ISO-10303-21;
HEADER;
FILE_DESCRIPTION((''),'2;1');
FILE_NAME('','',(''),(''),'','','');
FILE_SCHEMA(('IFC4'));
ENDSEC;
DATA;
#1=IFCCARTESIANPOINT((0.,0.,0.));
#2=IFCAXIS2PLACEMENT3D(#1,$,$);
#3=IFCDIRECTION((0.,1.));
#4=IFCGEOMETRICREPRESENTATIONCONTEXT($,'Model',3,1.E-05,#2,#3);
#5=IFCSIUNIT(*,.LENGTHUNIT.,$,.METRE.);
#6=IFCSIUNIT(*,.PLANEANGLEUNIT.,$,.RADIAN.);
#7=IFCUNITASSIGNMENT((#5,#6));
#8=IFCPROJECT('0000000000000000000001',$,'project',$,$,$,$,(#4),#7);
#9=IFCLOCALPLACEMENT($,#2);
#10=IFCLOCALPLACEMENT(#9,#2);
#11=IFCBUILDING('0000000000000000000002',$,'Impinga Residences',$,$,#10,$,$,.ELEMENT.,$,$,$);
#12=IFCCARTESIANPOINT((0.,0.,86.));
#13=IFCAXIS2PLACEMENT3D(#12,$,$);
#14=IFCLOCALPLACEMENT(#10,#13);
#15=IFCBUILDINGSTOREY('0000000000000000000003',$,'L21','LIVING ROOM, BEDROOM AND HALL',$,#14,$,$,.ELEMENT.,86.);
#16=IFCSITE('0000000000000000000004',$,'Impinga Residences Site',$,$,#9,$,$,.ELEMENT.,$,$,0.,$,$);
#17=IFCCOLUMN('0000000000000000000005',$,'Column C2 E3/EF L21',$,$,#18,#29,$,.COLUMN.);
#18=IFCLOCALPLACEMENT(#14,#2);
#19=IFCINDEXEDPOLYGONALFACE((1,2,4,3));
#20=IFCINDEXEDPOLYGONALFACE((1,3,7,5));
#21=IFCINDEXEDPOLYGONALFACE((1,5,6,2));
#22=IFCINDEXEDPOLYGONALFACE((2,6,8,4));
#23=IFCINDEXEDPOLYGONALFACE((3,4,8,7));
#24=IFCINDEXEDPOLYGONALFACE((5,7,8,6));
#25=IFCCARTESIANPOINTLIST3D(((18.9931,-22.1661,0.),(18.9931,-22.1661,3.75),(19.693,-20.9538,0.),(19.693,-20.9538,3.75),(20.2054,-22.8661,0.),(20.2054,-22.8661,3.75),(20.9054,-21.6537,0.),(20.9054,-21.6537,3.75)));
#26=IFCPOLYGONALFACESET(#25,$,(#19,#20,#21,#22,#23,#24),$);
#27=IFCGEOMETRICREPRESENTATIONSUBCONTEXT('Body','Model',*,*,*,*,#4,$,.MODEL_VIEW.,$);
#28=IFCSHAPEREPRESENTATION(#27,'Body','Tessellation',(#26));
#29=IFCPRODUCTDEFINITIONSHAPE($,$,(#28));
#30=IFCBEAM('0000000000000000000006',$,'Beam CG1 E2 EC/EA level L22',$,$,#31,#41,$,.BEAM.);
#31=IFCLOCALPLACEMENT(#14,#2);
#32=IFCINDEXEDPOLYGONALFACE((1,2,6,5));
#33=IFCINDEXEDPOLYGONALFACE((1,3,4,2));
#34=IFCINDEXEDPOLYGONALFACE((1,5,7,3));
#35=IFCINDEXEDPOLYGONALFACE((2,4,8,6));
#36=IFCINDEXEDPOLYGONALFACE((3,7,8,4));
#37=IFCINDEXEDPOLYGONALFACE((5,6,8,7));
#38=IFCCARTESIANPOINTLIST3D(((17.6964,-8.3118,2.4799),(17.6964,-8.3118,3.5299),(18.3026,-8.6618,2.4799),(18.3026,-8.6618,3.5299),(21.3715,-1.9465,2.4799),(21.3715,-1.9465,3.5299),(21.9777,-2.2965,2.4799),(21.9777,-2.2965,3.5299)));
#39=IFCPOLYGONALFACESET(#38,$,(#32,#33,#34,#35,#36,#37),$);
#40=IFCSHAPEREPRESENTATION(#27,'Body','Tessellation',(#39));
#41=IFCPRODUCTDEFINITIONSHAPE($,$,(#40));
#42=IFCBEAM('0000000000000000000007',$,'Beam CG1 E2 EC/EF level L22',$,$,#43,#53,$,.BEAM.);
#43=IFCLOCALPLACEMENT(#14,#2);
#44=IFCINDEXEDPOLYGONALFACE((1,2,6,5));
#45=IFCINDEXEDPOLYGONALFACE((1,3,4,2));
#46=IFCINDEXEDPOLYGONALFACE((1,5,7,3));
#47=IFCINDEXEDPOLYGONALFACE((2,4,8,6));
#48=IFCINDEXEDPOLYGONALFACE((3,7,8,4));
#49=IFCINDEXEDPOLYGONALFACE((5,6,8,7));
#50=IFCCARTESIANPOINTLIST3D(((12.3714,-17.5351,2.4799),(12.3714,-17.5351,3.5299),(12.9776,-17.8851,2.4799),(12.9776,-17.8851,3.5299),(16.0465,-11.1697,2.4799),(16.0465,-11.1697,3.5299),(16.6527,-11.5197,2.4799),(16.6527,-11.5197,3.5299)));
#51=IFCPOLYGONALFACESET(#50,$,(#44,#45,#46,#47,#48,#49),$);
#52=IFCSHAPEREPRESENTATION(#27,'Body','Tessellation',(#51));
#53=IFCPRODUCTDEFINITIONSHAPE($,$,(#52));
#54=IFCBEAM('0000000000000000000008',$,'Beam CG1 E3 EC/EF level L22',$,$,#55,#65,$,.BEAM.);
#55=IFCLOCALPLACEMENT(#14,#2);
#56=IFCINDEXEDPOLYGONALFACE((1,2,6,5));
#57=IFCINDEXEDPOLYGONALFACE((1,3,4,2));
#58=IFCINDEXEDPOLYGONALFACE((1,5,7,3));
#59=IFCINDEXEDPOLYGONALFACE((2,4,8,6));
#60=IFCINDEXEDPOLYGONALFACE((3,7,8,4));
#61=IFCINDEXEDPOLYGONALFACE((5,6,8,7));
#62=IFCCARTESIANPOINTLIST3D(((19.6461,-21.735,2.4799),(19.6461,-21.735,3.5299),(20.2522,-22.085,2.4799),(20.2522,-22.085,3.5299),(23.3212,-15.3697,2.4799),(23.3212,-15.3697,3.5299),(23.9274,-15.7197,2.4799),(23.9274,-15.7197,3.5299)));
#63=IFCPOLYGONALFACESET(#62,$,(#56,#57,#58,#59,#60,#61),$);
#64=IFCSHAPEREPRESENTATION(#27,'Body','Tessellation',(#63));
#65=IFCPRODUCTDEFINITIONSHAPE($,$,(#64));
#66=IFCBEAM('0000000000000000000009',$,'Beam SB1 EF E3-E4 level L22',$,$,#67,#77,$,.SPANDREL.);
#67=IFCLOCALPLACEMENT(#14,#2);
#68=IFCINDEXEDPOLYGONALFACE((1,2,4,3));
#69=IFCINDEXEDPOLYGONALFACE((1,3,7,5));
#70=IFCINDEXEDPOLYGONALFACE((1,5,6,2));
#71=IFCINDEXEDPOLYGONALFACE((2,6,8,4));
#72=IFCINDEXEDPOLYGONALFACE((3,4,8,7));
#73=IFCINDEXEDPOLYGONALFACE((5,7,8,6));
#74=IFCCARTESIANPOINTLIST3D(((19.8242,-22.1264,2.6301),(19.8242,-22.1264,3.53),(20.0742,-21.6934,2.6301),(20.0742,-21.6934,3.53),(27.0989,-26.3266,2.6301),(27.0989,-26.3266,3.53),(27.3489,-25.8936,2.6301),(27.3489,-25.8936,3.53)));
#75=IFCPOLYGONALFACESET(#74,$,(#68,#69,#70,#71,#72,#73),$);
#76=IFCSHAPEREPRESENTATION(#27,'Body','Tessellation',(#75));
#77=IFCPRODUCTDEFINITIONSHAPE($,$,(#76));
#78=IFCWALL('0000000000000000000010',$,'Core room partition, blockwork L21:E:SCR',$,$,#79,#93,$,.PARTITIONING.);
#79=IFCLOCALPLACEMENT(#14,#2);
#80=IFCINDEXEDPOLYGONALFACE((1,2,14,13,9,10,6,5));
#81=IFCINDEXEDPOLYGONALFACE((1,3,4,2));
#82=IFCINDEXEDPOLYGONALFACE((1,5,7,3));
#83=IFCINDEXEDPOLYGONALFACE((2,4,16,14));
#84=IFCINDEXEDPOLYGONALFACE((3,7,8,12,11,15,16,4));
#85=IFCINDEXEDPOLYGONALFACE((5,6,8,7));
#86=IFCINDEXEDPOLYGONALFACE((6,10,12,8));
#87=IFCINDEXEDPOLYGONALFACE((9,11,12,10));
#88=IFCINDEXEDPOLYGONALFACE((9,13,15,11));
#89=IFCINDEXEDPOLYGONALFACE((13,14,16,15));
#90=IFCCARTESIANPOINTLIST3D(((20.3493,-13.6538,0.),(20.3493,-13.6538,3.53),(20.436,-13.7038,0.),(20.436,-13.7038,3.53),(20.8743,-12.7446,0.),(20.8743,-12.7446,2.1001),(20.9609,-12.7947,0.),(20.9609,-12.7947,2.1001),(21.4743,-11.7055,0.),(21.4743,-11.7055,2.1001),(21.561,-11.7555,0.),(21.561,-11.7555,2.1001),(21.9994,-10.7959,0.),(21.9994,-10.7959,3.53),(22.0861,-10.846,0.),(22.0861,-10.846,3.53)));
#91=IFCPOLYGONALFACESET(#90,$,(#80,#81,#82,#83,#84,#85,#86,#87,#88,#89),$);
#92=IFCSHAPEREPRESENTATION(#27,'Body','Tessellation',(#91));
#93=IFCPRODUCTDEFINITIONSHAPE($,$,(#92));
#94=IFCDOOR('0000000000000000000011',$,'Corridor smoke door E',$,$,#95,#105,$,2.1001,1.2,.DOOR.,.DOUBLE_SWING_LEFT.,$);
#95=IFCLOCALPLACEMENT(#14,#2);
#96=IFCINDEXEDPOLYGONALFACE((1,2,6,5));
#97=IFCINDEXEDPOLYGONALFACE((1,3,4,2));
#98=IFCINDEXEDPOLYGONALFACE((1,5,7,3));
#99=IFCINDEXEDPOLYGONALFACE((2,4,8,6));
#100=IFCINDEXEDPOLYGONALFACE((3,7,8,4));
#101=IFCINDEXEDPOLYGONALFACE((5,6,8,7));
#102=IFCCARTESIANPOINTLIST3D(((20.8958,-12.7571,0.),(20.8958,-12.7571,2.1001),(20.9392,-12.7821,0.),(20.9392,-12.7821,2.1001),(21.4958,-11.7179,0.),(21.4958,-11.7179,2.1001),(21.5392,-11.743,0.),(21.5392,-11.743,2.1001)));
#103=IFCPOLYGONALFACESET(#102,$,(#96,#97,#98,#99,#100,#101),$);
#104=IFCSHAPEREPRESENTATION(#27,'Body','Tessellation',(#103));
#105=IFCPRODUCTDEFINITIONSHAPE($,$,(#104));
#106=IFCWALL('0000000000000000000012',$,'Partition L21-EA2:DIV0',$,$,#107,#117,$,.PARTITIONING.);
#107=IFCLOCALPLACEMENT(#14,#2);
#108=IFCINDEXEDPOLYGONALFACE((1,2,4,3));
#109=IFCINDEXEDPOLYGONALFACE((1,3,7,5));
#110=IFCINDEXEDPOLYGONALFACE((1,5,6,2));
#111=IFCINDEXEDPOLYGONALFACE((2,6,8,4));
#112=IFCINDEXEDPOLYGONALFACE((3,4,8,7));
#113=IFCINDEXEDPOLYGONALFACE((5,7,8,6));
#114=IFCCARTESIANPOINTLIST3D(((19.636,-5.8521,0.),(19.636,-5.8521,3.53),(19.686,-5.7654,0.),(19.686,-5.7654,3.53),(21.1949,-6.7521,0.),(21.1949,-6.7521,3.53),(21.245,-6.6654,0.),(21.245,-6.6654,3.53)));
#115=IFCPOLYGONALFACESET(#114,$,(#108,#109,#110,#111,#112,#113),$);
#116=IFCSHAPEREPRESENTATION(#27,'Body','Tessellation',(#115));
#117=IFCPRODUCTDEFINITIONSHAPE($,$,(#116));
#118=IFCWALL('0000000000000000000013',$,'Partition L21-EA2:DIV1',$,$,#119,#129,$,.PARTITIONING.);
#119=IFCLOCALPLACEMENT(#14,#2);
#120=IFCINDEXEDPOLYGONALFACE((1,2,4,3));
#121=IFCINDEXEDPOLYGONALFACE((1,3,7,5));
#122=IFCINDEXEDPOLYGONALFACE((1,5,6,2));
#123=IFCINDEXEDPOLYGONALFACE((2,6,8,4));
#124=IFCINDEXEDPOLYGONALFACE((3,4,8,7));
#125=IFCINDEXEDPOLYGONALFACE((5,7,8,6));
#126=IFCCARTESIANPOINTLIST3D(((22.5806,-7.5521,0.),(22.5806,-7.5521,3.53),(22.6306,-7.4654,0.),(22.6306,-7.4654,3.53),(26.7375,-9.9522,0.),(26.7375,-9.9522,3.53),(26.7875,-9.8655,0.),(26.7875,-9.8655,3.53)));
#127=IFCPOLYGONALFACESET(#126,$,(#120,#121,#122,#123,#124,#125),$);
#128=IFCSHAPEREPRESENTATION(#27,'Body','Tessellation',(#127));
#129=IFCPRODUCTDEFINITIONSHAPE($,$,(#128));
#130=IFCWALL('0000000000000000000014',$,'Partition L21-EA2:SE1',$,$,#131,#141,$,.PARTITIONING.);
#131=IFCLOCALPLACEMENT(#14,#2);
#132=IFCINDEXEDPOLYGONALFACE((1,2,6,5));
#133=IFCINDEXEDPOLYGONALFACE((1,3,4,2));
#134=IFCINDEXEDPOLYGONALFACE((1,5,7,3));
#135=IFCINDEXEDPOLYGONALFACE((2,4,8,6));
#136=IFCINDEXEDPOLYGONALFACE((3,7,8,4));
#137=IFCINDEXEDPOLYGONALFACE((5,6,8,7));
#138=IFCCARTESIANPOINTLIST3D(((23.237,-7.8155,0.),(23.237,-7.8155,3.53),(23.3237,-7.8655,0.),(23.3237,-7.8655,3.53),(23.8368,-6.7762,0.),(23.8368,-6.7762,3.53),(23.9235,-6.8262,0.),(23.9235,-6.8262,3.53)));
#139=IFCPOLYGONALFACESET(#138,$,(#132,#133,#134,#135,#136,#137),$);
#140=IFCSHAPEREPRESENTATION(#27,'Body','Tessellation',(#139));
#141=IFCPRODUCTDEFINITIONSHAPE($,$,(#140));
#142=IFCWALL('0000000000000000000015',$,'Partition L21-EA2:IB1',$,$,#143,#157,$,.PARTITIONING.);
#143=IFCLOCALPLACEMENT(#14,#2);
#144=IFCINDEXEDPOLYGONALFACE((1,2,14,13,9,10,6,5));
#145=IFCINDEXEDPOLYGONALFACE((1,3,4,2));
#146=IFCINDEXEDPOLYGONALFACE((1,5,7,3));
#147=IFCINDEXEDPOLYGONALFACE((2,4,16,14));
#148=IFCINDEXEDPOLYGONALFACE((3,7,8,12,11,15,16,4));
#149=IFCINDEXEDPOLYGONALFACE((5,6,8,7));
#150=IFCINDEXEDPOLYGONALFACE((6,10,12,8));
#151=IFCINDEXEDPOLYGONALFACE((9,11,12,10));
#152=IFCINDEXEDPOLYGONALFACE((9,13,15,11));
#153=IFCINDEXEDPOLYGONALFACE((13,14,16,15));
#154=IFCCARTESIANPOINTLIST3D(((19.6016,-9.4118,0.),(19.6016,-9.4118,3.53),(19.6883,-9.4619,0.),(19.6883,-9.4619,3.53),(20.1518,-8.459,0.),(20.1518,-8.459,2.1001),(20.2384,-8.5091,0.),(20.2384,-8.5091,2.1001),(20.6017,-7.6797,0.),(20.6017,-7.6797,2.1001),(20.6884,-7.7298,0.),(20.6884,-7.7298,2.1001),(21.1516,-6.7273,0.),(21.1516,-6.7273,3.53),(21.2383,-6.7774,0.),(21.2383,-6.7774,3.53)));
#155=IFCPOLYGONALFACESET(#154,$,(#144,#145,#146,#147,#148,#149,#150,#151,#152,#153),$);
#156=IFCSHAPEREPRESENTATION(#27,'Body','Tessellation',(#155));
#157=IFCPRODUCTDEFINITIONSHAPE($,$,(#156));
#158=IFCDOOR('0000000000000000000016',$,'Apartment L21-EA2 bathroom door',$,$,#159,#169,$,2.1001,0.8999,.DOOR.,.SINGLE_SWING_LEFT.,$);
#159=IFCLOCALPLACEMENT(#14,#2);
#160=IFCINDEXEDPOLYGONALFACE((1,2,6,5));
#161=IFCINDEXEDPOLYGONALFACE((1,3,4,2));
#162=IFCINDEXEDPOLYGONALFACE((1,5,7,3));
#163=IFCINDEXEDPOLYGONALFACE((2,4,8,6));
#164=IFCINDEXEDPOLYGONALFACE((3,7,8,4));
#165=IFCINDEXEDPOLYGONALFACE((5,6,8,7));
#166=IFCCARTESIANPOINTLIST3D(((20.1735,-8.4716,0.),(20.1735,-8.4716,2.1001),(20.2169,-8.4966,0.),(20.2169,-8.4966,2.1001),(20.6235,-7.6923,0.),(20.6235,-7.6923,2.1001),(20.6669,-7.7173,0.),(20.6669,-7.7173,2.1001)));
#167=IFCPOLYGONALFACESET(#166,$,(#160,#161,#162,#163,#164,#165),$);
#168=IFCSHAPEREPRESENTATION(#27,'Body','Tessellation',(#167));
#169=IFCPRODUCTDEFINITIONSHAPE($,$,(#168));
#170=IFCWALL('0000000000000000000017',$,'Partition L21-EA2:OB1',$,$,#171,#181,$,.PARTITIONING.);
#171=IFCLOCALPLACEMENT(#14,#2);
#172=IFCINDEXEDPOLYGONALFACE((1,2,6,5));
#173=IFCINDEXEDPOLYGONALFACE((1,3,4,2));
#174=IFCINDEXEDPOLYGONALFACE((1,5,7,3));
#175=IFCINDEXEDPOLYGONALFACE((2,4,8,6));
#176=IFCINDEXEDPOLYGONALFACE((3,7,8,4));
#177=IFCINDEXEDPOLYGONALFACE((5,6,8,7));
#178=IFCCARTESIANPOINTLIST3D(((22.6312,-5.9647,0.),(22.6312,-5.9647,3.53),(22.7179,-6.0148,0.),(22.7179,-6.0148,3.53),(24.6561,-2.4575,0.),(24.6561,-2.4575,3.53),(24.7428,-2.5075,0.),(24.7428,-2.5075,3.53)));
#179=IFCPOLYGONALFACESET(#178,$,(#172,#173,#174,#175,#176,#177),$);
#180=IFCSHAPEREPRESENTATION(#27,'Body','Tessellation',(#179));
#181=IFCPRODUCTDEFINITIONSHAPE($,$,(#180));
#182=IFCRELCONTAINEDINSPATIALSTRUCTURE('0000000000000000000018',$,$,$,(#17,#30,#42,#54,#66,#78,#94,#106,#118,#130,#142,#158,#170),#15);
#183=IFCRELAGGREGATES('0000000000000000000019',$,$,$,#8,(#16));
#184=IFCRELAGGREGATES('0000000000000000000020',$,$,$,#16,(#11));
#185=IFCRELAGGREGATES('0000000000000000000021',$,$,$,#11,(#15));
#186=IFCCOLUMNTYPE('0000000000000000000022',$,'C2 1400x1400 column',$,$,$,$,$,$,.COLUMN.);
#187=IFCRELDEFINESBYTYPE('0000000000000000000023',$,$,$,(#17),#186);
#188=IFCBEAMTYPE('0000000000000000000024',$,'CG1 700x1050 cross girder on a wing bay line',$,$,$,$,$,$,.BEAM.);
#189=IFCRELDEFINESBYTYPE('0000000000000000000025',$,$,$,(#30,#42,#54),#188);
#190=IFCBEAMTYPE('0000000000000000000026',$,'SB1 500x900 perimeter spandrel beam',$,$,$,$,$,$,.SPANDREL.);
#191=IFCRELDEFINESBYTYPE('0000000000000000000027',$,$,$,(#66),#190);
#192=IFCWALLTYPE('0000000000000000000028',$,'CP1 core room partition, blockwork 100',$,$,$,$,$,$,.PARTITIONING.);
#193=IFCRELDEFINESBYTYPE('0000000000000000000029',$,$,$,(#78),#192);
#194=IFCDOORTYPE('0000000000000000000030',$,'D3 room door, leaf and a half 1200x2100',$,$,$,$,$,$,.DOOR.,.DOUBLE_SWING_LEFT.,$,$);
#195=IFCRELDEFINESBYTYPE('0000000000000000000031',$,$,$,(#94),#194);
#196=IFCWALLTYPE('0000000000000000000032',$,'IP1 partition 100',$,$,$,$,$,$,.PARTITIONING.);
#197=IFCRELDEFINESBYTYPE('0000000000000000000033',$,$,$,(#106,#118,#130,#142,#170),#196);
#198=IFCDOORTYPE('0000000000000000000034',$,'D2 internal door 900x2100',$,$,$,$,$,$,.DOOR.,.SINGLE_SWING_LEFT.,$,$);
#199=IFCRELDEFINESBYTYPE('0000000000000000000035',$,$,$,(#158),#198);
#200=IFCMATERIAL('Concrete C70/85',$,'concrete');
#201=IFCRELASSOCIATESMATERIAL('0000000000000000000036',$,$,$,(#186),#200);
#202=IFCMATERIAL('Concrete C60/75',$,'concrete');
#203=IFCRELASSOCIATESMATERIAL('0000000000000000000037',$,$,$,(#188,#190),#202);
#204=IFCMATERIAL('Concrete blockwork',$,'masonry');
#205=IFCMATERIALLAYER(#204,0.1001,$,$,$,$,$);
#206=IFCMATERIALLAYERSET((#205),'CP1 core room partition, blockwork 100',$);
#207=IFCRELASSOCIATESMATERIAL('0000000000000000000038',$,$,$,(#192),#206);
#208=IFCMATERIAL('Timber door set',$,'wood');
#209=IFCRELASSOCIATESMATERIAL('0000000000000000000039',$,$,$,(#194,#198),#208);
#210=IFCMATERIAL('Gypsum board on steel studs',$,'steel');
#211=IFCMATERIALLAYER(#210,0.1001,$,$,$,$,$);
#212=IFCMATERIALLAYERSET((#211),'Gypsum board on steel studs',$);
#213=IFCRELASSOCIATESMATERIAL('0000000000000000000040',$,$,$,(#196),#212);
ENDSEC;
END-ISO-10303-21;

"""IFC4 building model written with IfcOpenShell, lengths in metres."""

from ifc_helpers import new_model, si_unit, direction, frame, frame_2d, origin, origin_2d, place, context, subcontext, project, spatial, rectangle, extrude, material, layer, layer_set, material_profile, profile_set, type_object, element, fill, save


model = new_model("IFC4")

# Units and contexts
model_context = context("Model", 3, precision=1e-05, world=origin(), true_north=direction((0.0, 1.0)))
body_context = subcontext(model_context, "Body", "Model", "MODEL_VIEW")
ifc_project = project(units=[si_unit("LENGTHUNIT", "METRE"), si_unit("PLANEANGLEUNIT", "RADIAN")], contexts=[model_context])

# Site, building, storey
site_placement = place(None, origin())
site = spatial("IfcSite", under=ifc_project, at=site_placement, Name="Impinga Residences Site", CompositionType="ELEMENT", RefElevation=0.0)
building_placement = place(site_placement, origin())
building = spatial("IfcBuilding", under=site, at=building_placement, Name="Impinga Residences", CompositionType="ELEMENT")
storey_placement = place(building_placement, frame((0.0, 0.0, 86.0)))
storey = spatial("IfcBuildingStorey", under=building, at=storey_placement, Name="L21", Description="LIVING ROOM, BEDROOM AND HALL", CompositionType="ELEMENT", Elevation=86.0)

# Column
ifc_material_1 = material(Name="Concrete C70/85", Category="concrete")
ifc_material_profile_1 = material_profile(ifc_material_1, rectangle(XDim=1.3999, YDim=1.3999, at=origin_2d()), Name="RC 1400x1400")
ifc_profile_set_1 = profile_set([ifc_material_profile_1], Name="Concrete C70/85")
column_type = type_object("IfcColumnType", Name="C2 1400x1400 column", PredefinedType="COLUMN", material=ifc_profile_set_1)
column_placement = place(storey_placement, frame((19.9492, -21.9099, 0.0), z_axis=(0.0, 0.0, 1.0), x_axis=(-0.5, -0.866025, 0.0)))
element("IfcColumn", 1, at=column_placement, inside=storey, type_object=column_type, Name="Column C2 E3/EF L21", PredefinedType="COLUMN", context=body_context, shape_type="SweptSolid", body=[
    extrude(rectangle(XDim=1.3999, YDim=1.3999, at=origin_2d()), origin(), (0.0, 0.0, 1.0), 3.75),
])

# Beams
ifc_material_2 = material(Name="Concrete C60/75", Category="concrete")
ifc_material_profile_2 = material_profile(ifc_material_2, rectangle(XDim=0.7, YDim=1.05, at=origin_2d()), Name="RC 700x1050")
ifc_profile_set_2 = profile_set([ifc_material_profile_2], Name="Concrete C60/75")
beam_type_1 = type_object("IfcBeamType", Name="CG1 700x1050 cross girder on a wing bay line", PredefinedType="BEAM", material=ifc_profile_set_2)
for number, where, z_axis, x_axis, name in (
    (2, (17.9995, -8.4868, 3.0049), (0.500008, 0.866021, 0.0), (-0.866021, 0.500008, 0.0), "Beam CG1 E2 EC/EA level L22"),
    (3, (16.3496, -11.3447, 3.0049), (-0.500008, -0.866021, 0.0), (0.866021, -0.500008, 0.0), "Beam CG1 E2 EC/EF level L22"),
    (4, (23.6243, -15.5447, 3.0049), (-0.500008, -0.866021, 0.0), (0.866021, -0.500008, 0.0), "Beam CG1 E3 EC/EF level L22"),
):
    element("IfcBeam", number, at=place(storey_placement, frame(where, z_axis=z_axis, x_axis=x_axis)), inside=storey, type_object=beam_type_1, Name=name, PredefinedType="BEAM", context=body_context, shape_type="SweptSolid", body=[
        extrude(rectangle(XDim=0.7, YDim=1.05, at=origin_2d()), origin(), (0.0, 0.0, 1.0), 7.3501),
    ])
ifc_material_profile_3 = material_profile(ifc_material_2, rectangle(XDim=0.5, YDim=0.8999, at=origin_2d()), Name="RC 500x900")
ifc_profile_set_3 = profile_set([ifc_material_profile_3], Name="Concrete C60/75")
beam_type_2 = type_object("IfcBeamType", Name="SB1 500x900 perimeter spandrel beam", PredefinedType="SPANDREL", material=ifc_profile_set_3)
beam_placement = place(storey_placement, frame((19.9492, -21.9099, 3.0801), z_axis=(0.866017, -0.500015, 0.0), x_axis=(0.500015, 0.866017, 0.0)))
element("IfcBeam", 5, at=beam_placement, inside=storey, type_object=beam_type_2, Name="Beam SB1 EF E3-E4 level L22", PredefinedType="SPANDREL", context=body_context, shape_type="SweptSolid", body=[
    extrude(rectangle(XDim=0.5, YDim=0.8999, at=origin_2d()), origin(), (0.0, 0.0, 1.0), 8.4001),
])

# Wall, opening, door
ifc_material_3 = material(Name="Concrete blockwork", Category="masonry")
ifc_layer_1 = layer(ifc_material_3, 0.1001)
ifc_layer_set_1 = layer_set([ifc_layer_1], Name="CP1 core room partition, blockwork 100")
wall_type_1 = type_object("IfcWallType", Name="CP1 core room partition, blockwork 100", PredefinedType="PARTITIONING", material=ifc_layer_set_1)
wall_1_placement = place(storey_placement, frame((22.0427, -10.821, 0.0), z_axis=(0.0, 0.0, 1.0), x_axis=(-0.50003, -0.866008, 0.0)))
wall_1 = element("IfcWall", 6, at=wall_1_placement, inside=storey, type_object=wall_type_1, Name="Core room partition, blockwork L21:E:SCR", PredefinedType="PARTITIONING", context=body_context, shape_type="SweptSolid", body=[
    extrude(rectangle(XDim=3.3, YDim=0.1001, at=frame_2d((1.6499, 0.0))), origin(), (0.0, 0.0, 1.0), 3.53),
])
opening_1_placement = place(wall_1_placement, frame((1.05, 0.0, 0.0)))
opening_1 = element("IfcOpeningElement", 7, at=opening_1_placement, cuts=wall_1, PredefinedType="OPENING", context=body_context, shape_type="SweptSolid", body=[
    extrude(rectangle(XDim=1.2, YDim=2.1001, at=frame_2d((0.6001, 1.05))), frame((0.0, 0.0601, 0.0), z_axis=(0.0, -1.0, 0.0), x_axis=(1.0, 0.0, 0.0)), (0.0, 0.0, 1.0), 0.1201),
])
ifc_material_4 = material(Name="Timber door set", Category="wood")
door_type_1 = type_object("IfcDoorType", Name="D3 room door, leaf and a half 1200x2100", OperationType="DOUBLE_SWING_LEFT", PredefinedType="DOOR", material=ifc_material_4)
door_1_placement = place(opening_1_placement, origin())
door_1 = element("IfcDoor", 8, at=door_1_placement, inside=storey, type_object=door_type_1, Name="Corridor smoke door E", OperationType="DOUBLE_SWING_LEFT", OverallHeight=2.1001, OverallWidth=1.2, PredefinedType="DOOR", context=body_context, shape_type="SweptSolid", body=[
    extrude(rectangle(XDim=1.2, YDim=2.1001, at=frame_2d((0.6001, 1.05))), frame((0.0, 0.0249, 0.0), z_axis=(0.0, -1.0, 0.0), x_axis=(1.0, 0.0, 0.0)), (0.0, 0.0, 1.0), 0.05),
])
fill(opening_1, door_1)

# Walls
ifc_material_5 = material(Name="Gypsum board on steel studs", Category="steel")
ifc_layer_2 = layer(ifc_material_5, 0.1001)
ifc_layer_set_2 = layer_set([ifc_layer_2], Name="Gypsum board on steel studs")
wall_type_2 = type_object("IfcWallType", Name="IP1 partition 100", PredefinedType="PARTITIONING", material=ifc_layer_set_2)
wall_2_placement = place(storey_placement, frame((19.6611, -5.8088, 0.0), z_axis=(0.0, 0.0, 1.0), x_axis=(0.866048, -0.499961, 0.0)))
element("IfcWall", 9, at=wall_2_placement, inside=storey, type_object=wall_type_2, Name="Partition L21-EA2:DIV0", PredefinedType="PARTITIONING", context=body_context, shape_type="SweptSolid", body=[
    extrude(rectangle(XDim=1.8, YDim=0.1001, at=frame_2d((0.8999, 0.0))), origin(), (0.0, 0.0, 1.0), 3.53),
])
wall_3_placement = place(storey_placement, frame((22.6057, -7.5088, 0.0), z_axis=(0.0, 0.0, 1.0), x_axis=(0.866015, -0.500017, 0.0)))
element("IfcWall", 10, at=wall_3_placement, inside=storey, type_object=wall_type_2, Name="Partition L21-EA2:DIV1", PredefinedType="PARTITIONING", context=body_context, shape_type="SweptSolid", body=[
    extrude(rectangle(XDim=4.8, YDim=0.1001, at=frame_2d((2.3999, 0.0))), origin(), (0.0, 0.0, 1.0), 3.53),
])
wall_4_placement = place(storey_placement, frame((23.2803, -7.8406, 0.0), z_axis=(0.0, 0.0, 1.0), x_axis=(0.499881, 0.866094, 0.0)))
element("IfcWall", 11, at=wall_4_placement, inside=storey, type_object=wall_type_2, Name="Partition L21-EA2:SE1", PredefinedType="PARTITIONING", context=body_context, shape_type="SweptSolid", body=[
    extrude(rectangle(XDim=1.2, YDim=0.1001, at=frame_2d((0.6001, 0.0))), origin(), (0.0, 0.0, 1.0), 3.53),
])

# Wall, opening, door
wall_5_placement = place(storey_placement, frame((19.645, -9.4368, 0.0), z_axis=(0.0, 0.0, 1.0), x_axis=(0.500027, 0.86601, 0.0)))
wall_5 = element("IfcWall", 12, at=wall_5_placement, inside=storey, type_object=wall_type_2, Name="Partition L21-EA2:IB1", PredefinedType="PARTITIONING", context=body_context, shape_type="SweptSolid", body=[
    extrude(rectangle(XDim=3.0999, YDim=0.1001, at=frame_2d((1.5498, 0.0))), origin(), (0.0, 0.0, 1.0), 3.53),
])
opening_2_placement = place(wall_5_placement, frame((1.1001, 0.0, 0.0)))
opening_2 = element("IfcOpeningElement", 13, at=opening_2_placement, cuts=wall_5, PredefinedType="OPENING", context=body_context, shape_type="SweptSolid", body=[
    extrude(rectangle(XDim=0.8999, YDim=2.1001, at=frame_2d((0.45, 1.05))), frame((0.0, 0.0601, 0.0), z_axis=(0.0, -1.0, 0.0), x_axis=(1.0, 0.0, 0.0)), (0.0, 0.0, 1.0), 0.1201),
])
door_type_2 = type_object("IfcDoorType", Name="D2 internal door 900x2100", OperationType="SINGLE_SWING_LEFT", PredefinedType="DOOR", material=ifc_material_4)
door_2_placement = place(opening_2_placement, origin())
door_2 = element("IfcDoor", 14, at=door_2_placement, inside=storey, type_object=door_type_2, Name="Apartment L21-EA2 bathroom door", OperationType="SINGLE_SWING_LEFT", OverallHeight=2.1001, OverallWidth=0.8999, PredefinedType="DOOR", context=body_context, shape_type="SweptSolid", body=[
    extrude(rectangle(XDim=0.8999, YDim=2.1001, at=frame_2d((0.45, 1.05))), frame((0.0, 0.0249, 0.0), z_axis=(0.0, -1.0, 0.0), x_axis=(1.0, 0.0, 0.0)), (0.0, 0.0, 1.0), 0.05),
])
fill(opening_2, door_2)

# Wall
wall_6_placement = place(storey_placement, frame((22.6746, -5.9897, 0.0), z_axis=(0.0, 0.0, 1.0), x_axis=(0.49999, 0.866031, 0.0)))
element("IfcWall", 15, at=wall_6_placement, inside=storey, type_object=wall_type_2, Name="Partition L21-EA2:OB1", PredefinedType="PARTITIONING", context=body_context, shape_type="SweptSolid", body=[
    extrude(rectangle(XDim=4.0498, YDim=0.1001, at=frame_2d((2.0249, 0.0))), origin(), (0.0, 0.0, 1.0), 3.53),
])

save(model, "model.ifc")
